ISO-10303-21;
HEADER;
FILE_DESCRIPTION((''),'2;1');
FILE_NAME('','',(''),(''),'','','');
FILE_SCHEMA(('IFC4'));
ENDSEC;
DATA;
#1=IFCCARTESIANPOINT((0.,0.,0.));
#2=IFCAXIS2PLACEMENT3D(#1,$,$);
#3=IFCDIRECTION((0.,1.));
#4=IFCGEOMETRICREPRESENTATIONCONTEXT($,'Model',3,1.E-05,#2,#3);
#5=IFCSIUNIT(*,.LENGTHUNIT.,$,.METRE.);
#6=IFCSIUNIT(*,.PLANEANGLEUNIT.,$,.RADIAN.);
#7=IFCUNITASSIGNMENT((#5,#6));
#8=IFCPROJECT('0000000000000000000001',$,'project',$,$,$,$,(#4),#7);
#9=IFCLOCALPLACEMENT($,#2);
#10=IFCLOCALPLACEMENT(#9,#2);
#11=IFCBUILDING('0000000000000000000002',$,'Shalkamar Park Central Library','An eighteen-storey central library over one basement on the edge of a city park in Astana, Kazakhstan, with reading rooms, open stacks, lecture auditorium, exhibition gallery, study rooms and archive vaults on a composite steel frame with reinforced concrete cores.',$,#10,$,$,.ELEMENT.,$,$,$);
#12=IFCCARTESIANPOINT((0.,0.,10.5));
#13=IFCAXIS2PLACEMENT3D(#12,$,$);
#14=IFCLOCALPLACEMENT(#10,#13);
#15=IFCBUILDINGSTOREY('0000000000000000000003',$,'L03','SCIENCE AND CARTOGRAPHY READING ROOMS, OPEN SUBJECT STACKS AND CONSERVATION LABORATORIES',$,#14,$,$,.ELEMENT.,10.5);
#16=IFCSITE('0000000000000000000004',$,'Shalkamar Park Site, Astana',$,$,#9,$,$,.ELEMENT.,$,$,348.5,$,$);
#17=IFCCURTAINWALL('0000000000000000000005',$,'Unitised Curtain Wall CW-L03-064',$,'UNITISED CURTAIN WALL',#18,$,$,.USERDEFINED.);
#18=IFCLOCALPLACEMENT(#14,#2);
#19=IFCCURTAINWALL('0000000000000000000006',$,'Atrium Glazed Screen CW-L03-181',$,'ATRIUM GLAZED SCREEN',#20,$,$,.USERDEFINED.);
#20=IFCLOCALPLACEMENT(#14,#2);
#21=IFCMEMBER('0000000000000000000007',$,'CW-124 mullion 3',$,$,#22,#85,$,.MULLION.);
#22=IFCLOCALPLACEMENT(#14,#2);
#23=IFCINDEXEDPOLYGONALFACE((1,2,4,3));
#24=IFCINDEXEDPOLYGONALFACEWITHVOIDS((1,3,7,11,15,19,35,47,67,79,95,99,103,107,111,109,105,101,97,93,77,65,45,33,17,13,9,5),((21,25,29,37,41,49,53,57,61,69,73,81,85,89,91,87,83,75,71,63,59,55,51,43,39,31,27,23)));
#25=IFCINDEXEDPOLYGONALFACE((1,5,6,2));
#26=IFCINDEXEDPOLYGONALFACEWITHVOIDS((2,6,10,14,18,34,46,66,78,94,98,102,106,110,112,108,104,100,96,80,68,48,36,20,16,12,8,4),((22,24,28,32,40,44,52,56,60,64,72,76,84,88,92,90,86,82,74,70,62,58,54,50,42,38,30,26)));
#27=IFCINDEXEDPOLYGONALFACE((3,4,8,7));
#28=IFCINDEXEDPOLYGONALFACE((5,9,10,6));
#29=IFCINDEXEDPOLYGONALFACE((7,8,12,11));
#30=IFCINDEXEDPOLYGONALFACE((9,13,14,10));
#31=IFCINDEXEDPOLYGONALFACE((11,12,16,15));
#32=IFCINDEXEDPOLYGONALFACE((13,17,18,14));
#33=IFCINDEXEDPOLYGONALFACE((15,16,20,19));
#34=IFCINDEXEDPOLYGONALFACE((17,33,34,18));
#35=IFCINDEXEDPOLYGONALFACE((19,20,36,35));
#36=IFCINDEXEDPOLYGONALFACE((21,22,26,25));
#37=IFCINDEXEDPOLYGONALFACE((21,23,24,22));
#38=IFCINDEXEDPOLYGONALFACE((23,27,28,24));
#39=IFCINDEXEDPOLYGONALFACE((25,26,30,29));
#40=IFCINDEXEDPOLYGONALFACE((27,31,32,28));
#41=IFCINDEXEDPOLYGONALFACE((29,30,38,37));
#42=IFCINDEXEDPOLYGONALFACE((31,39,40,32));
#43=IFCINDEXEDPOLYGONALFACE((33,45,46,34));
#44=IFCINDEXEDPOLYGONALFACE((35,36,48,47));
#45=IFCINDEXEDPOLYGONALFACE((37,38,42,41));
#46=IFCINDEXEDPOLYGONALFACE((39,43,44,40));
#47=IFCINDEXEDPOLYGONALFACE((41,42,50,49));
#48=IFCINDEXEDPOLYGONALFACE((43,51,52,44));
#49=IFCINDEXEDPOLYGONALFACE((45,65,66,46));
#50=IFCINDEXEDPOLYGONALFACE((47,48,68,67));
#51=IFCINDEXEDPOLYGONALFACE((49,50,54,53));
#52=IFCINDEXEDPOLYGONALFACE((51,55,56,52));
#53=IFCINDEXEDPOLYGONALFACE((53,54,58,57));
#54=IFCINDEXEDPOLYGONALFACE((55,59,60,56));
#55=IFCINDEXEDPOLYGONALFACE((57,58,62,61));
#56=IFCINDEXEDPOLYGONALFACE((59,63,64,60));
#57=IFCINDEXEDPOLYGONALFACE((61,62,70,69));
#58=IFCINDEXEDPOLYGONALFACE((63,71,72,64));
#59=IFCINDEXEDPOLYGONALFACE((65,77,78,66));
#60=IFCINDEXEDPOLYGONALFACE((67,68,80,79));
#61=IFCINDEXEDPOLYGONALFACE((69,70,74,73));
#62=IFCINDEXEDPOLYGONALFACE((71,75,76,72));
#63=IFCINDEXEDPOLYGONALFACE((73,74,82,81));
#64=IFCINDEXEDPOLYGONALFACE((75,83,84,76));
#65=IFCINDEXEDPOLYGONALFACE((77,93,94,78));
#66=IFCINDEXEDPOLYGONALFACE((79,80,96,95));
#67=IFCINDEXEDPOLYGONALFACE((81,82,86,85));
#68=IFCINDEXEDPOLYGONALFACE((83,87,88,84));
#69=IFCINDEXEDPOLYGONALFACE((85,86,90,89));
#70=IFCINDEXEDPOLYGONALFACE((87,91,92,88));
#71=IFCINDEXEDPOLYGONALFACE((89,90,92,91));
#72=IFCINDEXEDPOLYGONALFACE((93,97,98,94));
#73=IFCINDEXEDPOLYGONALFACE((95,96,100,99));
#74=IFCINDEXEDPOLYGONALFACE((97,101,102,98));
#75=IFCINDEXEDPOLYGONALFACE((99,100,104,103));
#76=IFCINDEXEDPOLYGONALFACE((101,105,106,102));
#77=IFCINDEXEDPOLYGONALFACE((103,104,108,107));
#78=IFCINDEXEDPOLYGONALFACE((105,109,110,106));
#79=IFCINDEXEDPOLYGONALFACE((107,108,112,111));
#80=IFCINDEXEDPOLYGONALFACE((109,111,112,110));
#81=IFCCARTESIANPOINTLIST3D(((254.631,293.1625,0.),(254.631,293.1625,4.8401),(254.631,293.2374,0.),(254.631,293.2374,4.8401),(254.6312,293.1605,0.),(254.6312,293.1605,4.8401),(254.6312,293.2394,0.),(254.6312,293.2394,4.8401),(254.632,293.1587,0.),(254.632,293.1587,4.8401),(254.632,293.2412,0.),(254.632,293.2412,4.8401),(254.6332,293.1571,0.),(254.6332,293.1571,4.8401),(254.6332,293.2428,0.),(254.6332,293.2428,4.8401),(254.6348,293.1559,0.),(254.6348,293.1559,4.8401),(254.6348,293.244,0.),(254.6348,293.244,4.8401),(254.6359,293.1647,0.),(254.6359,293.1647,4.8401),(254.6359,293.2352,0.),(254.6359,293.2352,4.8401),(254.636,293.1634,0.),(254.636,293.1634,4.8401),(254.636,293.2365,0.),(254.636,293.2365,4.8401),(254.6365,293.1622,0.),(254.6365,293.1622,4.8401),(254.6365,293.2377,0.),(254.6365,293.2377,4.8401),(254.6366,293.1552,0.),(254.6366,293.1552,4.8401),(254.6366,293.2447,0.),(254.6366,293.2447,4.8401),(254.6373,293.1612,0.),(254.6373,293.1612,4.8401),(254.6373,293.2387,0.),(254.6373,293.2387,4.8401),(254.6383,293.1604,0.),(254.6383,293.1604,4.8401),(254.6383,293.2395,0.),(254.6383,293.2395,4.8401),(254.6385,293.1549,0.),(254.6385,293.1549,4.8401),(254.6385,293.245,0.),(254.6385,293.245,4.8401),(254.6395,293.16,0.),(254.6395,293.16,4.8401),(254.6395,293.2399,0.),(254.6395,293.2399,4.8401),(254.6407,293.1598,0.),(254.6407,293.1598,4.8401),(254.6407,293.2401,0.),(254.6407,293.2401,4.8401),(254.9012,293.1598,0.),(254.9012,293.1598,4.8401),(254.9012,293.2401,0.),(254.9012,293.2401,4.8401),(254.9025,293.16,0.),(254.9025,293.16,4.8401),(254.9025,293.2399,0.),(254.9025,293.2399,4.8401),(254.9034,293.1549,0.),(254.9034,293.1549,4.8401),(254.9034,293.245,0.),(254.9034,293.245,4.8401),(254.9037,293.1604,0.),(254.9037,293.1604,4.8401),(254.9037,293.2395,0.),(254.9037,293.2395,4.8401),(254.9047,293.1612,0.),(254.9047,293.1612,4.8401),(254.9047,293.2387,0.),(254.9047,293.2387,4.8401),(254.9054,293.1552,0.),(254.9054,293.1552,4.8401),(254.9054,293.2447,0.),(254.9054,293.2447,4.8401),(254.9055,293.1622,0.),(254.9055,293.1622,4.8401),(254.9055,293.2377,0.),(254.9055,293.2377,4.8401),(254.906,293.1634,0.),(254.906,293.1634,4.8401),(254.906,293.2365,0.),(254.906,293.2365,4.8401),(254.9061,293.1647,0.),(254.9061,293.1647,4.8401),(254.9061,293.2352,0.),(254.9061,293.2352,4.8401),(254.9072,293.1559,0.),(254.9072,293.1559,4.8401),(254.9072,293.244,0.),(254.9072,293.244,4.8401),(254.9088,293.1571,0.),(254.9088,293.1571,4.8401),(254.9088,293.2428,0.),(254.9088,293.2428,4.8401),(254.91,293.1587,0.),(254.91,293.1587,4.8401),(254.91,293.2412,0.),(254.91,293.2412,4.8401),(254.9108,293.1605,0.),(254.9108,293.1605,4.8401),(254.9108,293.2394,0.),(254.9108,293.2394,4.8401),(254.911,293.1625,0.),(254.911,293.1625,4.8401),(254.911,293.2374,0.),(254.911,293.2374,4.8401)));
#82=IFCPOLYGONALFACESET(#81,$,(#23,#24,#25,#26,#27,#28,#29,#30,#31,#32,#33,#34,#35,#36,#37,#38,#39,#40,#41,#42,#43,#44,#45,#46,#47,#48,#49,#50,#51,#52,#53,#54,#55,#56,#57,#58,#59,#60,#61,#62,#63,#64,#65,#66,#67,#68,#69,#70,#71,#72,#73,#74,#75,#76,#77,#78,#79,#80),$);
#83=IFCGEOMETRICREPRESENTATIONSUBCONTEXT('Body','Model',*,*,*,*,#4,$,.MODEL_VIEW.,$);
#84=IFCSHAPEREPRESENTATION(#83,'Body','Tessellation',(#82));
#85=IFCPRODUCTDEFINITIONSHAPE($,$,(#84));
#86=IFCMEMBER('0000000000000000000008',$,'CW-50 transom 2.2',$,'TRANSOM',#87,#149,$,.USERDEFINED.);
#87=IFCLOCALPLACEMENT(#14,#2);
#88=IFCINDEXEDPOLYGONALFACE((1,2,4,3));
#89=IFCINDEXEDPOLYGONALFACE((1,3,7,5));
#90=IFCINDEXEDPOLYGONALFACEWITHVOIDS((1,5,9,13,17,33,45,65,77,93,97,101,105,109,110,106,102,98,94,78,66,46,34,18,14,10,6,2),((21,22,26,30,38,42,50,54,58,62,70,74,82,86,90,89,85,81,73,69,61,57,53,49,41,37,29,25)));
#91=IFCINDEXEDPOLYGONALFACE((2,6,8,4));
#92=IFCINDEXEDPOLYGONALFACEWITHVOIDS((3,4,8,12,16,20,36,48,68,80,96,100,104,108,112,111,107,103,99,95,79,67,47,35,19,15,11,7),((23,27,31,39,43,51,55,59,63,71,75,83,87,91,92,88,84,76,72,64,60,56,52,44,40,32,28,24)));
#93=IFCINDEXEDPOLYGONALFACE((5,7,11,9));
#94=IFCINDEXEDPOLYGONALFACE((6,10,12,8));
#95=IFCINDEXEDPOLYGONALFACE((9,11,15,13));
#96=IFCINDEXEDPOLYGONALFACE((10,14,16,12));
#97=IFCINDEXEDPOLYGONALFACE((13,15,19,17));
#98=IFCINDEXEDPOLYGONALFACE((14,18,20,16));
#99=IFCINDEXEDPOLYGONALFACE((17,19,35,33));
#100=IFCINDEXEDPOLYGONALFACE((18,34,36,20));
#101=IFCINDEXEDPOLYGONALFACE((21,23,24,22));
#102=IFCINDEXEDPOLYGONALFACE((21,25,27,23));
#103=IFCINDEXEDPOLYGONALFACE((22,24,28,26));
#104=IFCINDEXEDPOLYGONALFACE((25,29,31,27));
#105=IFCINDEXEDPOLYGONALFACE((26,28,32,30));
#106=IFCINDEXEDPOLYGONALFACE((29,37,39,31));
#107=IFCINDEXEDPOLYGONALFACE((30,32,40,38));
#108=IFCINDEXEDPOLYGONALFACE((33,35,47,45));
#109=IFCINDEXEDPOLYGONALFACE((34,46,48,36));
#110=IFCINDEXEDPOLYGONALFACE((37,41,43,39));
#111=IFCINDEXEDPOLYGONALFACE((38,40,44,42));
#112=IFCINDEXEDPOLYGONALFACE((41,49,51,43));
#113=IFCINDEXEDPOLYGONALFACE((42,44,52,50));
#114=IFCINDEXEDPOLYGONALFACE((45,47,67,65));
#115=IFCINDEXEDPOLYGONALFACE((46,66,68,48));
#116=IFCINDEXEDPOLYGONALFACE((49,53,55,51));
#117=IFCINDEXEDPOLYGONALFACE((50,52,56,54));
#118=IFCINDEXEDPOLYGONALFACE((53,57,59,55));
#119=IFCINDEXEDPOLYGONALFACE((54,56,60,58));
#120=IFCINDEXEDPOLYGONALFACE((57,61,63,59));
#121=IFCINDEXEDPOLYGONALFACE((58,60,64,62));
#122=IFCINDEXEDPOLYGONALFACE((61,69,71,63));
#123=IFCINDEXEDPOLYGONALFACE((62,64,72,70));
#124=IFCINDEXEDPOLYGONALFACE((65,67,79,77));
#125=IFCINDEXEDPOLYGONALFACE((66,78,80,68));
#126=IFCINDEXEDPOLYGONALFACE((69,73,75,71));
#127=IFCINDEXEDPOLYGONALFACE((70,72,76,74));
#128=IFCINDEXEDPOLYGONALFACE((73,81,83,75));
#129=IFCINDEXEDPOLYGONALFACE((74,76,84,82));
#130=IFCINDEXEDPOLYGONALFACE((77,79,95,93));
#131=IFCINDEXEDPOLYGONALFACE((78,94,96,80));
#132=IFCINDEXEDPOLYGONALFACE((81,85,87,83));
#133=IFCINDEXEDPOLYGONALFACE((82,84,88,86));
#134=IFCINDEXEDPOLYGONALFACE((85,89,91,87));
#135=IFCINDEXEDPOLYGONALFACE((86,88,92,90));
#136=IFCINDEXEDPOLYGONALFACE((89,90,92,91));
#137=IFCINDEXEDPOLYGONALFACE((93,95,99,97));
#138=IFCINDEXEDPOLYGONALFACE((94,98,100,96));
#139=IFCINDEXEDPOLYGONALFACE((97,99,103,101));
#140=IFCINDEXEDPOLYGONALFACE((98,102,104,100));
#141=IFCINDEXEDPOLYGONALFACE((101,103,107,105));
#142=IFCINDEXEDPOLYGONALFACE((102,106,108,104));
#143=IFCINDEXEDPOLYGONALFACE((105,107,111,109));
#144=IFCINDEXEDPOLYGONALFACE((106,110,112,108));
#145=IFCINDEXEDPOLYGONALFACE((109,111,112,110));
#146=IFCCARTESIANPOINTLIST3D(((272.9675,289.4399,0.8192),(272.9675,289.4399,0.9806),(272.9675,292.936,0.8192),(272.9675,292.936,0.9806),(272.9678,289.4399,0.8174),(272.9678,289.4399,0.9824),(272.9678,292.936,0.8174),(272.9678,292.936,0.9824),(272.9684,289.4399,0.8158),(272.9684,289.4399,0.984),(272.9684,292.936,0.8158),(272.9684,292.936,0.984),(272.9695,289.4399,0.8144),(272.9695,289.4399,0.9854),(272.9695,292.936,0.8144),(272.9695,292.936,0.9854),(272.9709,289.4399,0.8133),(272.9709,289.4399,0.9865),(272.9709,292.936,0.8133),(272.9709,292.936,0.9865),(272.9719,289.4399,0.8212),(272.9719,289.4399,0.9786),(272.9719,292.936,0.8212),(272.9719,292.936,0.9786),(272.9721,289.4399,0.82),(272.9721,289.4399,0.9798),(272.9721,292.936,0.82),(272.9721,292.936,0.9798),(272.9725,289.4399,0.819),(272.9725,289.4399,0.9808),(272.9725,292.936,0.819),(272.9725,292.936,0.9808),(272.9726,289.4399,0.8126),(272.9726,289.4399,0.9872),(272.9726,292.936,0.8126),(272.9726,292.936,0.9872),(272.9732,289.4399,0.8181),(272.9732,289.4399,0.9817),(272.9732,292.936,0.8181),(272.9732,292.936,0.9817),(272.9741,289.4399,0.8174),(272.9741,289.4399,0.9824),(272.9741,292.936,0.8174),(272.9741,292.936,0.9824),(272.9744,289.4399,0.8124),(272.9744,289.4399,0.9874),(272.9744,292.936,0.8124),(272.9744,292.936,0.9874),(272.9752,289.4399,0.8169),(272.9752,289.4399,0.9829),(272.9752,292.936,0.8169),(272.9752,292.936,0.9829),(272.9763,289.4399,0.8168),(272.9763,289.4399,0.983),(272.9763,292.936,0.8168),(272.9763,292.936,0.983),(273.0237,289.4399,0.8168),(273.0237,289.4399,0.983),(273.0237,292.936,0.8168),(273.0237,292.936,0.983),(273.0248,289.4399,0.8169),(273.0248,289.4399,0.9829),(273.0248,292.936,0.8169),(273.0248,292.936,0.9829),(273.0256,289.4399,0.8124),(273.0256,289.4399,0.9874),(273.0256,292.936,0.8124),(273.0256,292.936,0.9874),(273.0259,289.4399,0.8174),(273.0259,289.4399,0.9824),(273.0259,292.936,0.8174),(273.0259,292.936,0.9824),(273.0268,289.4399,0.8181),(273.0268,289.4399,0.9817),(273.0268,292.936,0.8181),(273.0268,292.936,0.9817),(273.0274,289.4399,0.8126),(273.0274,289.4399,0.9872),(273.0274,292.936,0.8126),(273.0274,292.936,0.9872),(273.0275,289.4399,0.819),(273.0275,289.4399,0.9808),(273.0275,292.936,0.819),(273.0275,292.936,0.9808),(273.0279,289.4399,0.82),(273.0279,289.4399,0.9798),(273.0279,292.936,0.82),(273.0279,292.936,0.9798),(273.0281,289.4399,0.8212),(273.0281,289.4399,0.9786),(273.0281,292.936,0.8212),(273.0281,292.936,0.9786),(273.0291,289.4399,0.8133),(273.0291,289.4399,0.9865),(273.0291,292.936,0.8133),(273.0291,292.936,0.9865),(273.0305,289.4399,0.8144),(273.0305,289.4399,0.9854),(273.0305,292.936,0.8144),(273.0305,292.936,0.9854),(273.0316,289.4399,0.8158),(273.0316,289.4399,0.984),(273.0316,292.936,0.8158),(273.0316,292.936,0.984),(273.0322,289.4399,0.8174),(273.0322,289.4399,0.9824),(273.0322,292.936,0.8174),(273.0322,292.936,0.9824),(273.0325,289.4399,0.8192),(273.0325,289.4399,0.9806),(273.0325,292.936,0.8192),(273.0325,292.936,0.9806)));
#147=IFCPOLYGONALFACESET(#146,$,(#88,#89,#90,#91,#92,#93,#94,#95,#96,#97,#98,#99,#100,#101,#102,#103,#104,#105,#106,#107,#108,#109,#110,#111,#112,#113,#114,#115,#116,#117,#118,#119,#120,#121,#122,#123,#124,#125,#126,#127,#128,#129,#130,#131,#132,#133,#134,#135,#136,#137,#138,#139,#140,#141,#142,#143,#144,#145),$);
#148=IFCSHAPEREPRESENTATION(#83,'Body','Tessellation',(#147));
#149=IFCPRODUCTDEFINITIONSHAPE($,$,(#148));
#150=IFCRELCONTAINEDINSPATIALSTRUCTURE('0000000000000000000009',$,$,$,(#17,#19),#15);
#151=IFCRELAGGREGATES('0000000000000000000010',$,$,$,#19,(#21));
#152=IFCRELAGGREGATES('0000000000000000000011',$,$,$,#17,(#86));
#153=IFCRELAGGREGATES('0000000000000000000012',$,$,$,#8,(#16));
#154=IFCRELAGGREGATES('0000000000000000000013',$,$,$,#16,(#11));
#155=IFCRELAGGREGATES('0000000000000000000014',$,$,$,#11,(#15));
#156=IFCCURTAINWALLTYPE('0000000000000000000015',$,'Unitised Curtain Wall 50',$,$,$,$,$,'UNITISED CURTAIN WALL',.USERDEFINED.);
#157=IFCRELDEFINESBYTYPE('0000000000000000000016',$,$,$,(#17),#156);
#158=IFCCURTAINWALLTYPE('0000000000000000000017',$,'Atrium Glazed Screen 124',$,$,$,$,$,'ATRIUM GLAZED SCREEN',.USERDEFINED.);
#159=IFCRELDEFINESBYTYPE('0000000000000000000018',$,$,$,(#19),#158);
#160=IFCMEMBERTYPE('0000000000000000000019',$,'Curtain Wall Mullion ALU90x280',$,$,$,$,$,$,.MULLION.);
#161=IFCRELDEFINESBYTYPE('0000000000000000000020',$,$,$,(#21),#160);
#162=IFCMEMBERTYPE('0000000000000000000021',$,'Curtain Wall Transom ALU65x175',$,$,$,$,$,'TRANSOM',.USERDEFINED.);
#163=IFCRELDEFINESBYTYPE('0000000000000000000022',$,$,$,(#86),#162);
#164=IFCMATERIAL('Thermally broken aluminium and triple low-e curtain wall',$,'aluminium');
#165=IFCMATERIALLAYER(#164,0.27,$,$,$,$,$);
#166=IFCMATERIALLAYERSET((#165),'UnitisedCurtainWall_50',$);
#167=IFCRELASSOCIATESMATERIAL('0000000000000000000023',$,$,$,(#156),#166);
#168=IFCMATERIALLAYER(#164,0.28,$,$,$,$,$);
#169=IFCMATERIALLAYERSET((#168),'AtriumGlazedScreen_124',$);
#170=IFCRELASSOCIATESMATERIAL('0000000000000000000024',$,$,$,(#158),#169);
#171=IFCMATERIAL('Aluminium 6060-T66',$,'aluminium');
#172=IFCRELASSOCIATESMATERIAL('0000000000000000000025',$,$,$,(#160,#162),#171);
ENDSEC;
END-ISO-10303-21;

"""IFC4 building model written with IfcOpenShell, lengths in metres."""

from ifc_helpers import new_model, si_unit, direction, frame, origin, origin_2d, place, context, subcontext, project, spatial, hollow_rectangle, extrude, material, layer, layer_set, material_profile, profile_set, type_object, element, aggregate, save


model = new_model("IFC4")

# Units and contexts
model_context = context("Model", 3, precision=1e-05, world=origin(), true_north=direction((0.0, 1.0)))
body_context = subcontext(model_context, "Body", "Model", "MODEL_VIEW")
ifc_project = project(units=[si_unit("LENGTHUNIT", "METRE"), si_unit("PLANEANGLEUNIT", "RADIAN")], contexts=[model_context])

# Site, building, storey
site_placement = place(None, origin())
site = spatial("IfcSite", under=ifc_project, at=site_placement, Name="Shalkamar Park Site, Astana", CompositionType="ELEMENT", RefElevation=348.5)
building_placement = place(site_placement, origin())
building = spatial("IfcBuilding", under=site, at=building_placement, Name="Shalkamar Park Central Library", Description="An eighteen-storey central library over one basement on the edge of a city park in Astana, Kazakhstan, with reading rooms, open stacks, lecture auditorium, exhibition gallery, study rooms and archive vaults on a composite steel frame with reinforced concrete cores.", CompositionType="ELEMENT")
storey_placement = place(building_placement, frame((0.0, 0.0, 10.5)))
storey = spatial("IfcBuildingStorey", under=building, at=storey_placement, Name="L03", Description="SCIENCE AND CARTOGRAPHY READING ROOMS, OPEN SUBJECT STACKS AND CONSERVATION LABORATORIES", CompositionType="ELEMENT", Elevation=10.5)

# Curtain walls, member
ifc_material_1 = material(Name="Thermally broken aluminium and triple low-e curtain wall", Category="aluminium")
ifc_layer_1 = layer(ifc_material_1, 0.27)
ifc_layer_set_1 = layer_set([ifc_layer_1], Name="UnitisedCurtainWall_50")
curtain_wall_type_1 = type_object("IfcCurtainWallType", Name="Unitised Curtain Wall 50", ElementType="UNITISED CURTAIN WALL", PredefinedType="USERDEFINED", material=ifc_layer_set_1)
curtain_wall_1_placement = place(storey_placement, origin())
curtain_wall_1 = element("IfcCurtainWall", 1, at=curtain_wall_1_placement, inside=storey, type_object=curtain_wall_type_1, Name="Unitised Curtain Wall CW-L03-064", ObjectType="UNITISED CURTAIN WALL", PredefinedType="USERDEFINED")
ifc_material_2 = material(Name="Aluminium 6060-T66", Category="aluminium")
ifc_layer_2 = layer(ifc_material_1, 0.28)
ifc_layer_set_2 = layer_set([ifc_layer_2], Name="AtriumGlazedScreen_124")
curtain_wall_type_2 = type_object("IfcCurtainWallType", Name="Atrium Glazed Screen 124", ElementType="ATRIUM GLAZED SCREEN", PredefinedType="USERDEFINED", material=ifc_layer_set_2)
curtain_wall_2_placement = place(storey_placement, origin())
curtain_wall_2 = element("IfcCurtainWall", 2, at=curtain_wall_2_placement, inside=storey, type_object=curtain_wall_type_2, Name="Atrium Glazed Screen CW-L03-181", ObjectType="ATRIUM GLAZED SCREEN", PredefinedType="USERDEFINED")
ifc_material_profile_1 = material_profile(ifc_material_2, hollow_rectangle(XDim=0.0901, YDim=0.28, WallThickness=0.0049, InnerFilletRadius=0.0049, OuterFilletRadius=0.0076, at=origin_2d()), Name="ALU 90x280x5")
ifc_profile_set_1 = profile_set([ifc_material_profile_1], Name="Aluminium 6060-T66")
member_type_1 = type_object("IfcMemberType", Name="Curtain Wall Mullion ALU90x280", PredefinedType="MULLION", material=ifc_profile_set_1)
member_1_placement = place(storey_placement, frame((254.771, 293.2, 0.0), z_axis=(0.0, 0.0, 1.0), x_axis=(0.0, 1.0, 0.0)))
member_1 = element("IfcMember", 3, at=member_1_placement, type_object=member_type_1, Name="CW-124 mullion 3", PredefinedType="MULLION", context=body_context, shape_type="SweptSolid", body=[
    extrude(hollow_rectangle(XDim=0.0901, YDim=0.28, WallThickness=0.0049, InnerFilletRadius=0.0049, OuterFilletRadius=0.0076, at=origin_2d()), origin(), (0.0, 0.0, 1.0), 4.8401),
])
aggregate(curtain_wall_2, [member_1])

# Member
ifc_material_profile_2 = material_profile(ifc_material_2, hollow_rectangle(XDim=0.0649, YDim=0.175, WallThickness=0.0044, InnerFilletRadius=0.0044, OuterFilletRadius=0.0068, at=origin_2d()), Name="ALU 65x175x4.5")
ifc_profile_set_2 = profile_set([ifc_material_profile_2], Name="Aluminium 6060-T66")
member_type_2 = type_object("IfcMemberType", Name="Curtain Wall Transom ALU65x175", ElementType="TRANSOM", PredefinedType="USERDEFINED", material=ifc_profile_set_2)
member_2_placement = place(storey_placement, frame((273.0, 289.4399, 0.8999), z_axis=(0.0, 1.0, 0.0), x_axis=(-1.0, 0.0, 0.0)))
member_2 = element("IfcMember", 4, at=member_2_placement, type_object=member_type_2, Name="CW-50 transom 2.2", ObjectType="TRANSOM", PredefinedType="USERDEFINED", context=body_context, shape_type="SweptSolid", body=[
    extrude(hollow_rectangle(XDim=0.0649, YDim=0.175, WallThickness=0.0044, InnerFilletRadius=0.0044, OuterFilletRadius=0.0068, at=origin_2d()), origin(), (0.0, 0.0, 1.0), 3.4961),
])

aggregate(curtain_wall_1, [member_2])

save(model, "model.ifc")
